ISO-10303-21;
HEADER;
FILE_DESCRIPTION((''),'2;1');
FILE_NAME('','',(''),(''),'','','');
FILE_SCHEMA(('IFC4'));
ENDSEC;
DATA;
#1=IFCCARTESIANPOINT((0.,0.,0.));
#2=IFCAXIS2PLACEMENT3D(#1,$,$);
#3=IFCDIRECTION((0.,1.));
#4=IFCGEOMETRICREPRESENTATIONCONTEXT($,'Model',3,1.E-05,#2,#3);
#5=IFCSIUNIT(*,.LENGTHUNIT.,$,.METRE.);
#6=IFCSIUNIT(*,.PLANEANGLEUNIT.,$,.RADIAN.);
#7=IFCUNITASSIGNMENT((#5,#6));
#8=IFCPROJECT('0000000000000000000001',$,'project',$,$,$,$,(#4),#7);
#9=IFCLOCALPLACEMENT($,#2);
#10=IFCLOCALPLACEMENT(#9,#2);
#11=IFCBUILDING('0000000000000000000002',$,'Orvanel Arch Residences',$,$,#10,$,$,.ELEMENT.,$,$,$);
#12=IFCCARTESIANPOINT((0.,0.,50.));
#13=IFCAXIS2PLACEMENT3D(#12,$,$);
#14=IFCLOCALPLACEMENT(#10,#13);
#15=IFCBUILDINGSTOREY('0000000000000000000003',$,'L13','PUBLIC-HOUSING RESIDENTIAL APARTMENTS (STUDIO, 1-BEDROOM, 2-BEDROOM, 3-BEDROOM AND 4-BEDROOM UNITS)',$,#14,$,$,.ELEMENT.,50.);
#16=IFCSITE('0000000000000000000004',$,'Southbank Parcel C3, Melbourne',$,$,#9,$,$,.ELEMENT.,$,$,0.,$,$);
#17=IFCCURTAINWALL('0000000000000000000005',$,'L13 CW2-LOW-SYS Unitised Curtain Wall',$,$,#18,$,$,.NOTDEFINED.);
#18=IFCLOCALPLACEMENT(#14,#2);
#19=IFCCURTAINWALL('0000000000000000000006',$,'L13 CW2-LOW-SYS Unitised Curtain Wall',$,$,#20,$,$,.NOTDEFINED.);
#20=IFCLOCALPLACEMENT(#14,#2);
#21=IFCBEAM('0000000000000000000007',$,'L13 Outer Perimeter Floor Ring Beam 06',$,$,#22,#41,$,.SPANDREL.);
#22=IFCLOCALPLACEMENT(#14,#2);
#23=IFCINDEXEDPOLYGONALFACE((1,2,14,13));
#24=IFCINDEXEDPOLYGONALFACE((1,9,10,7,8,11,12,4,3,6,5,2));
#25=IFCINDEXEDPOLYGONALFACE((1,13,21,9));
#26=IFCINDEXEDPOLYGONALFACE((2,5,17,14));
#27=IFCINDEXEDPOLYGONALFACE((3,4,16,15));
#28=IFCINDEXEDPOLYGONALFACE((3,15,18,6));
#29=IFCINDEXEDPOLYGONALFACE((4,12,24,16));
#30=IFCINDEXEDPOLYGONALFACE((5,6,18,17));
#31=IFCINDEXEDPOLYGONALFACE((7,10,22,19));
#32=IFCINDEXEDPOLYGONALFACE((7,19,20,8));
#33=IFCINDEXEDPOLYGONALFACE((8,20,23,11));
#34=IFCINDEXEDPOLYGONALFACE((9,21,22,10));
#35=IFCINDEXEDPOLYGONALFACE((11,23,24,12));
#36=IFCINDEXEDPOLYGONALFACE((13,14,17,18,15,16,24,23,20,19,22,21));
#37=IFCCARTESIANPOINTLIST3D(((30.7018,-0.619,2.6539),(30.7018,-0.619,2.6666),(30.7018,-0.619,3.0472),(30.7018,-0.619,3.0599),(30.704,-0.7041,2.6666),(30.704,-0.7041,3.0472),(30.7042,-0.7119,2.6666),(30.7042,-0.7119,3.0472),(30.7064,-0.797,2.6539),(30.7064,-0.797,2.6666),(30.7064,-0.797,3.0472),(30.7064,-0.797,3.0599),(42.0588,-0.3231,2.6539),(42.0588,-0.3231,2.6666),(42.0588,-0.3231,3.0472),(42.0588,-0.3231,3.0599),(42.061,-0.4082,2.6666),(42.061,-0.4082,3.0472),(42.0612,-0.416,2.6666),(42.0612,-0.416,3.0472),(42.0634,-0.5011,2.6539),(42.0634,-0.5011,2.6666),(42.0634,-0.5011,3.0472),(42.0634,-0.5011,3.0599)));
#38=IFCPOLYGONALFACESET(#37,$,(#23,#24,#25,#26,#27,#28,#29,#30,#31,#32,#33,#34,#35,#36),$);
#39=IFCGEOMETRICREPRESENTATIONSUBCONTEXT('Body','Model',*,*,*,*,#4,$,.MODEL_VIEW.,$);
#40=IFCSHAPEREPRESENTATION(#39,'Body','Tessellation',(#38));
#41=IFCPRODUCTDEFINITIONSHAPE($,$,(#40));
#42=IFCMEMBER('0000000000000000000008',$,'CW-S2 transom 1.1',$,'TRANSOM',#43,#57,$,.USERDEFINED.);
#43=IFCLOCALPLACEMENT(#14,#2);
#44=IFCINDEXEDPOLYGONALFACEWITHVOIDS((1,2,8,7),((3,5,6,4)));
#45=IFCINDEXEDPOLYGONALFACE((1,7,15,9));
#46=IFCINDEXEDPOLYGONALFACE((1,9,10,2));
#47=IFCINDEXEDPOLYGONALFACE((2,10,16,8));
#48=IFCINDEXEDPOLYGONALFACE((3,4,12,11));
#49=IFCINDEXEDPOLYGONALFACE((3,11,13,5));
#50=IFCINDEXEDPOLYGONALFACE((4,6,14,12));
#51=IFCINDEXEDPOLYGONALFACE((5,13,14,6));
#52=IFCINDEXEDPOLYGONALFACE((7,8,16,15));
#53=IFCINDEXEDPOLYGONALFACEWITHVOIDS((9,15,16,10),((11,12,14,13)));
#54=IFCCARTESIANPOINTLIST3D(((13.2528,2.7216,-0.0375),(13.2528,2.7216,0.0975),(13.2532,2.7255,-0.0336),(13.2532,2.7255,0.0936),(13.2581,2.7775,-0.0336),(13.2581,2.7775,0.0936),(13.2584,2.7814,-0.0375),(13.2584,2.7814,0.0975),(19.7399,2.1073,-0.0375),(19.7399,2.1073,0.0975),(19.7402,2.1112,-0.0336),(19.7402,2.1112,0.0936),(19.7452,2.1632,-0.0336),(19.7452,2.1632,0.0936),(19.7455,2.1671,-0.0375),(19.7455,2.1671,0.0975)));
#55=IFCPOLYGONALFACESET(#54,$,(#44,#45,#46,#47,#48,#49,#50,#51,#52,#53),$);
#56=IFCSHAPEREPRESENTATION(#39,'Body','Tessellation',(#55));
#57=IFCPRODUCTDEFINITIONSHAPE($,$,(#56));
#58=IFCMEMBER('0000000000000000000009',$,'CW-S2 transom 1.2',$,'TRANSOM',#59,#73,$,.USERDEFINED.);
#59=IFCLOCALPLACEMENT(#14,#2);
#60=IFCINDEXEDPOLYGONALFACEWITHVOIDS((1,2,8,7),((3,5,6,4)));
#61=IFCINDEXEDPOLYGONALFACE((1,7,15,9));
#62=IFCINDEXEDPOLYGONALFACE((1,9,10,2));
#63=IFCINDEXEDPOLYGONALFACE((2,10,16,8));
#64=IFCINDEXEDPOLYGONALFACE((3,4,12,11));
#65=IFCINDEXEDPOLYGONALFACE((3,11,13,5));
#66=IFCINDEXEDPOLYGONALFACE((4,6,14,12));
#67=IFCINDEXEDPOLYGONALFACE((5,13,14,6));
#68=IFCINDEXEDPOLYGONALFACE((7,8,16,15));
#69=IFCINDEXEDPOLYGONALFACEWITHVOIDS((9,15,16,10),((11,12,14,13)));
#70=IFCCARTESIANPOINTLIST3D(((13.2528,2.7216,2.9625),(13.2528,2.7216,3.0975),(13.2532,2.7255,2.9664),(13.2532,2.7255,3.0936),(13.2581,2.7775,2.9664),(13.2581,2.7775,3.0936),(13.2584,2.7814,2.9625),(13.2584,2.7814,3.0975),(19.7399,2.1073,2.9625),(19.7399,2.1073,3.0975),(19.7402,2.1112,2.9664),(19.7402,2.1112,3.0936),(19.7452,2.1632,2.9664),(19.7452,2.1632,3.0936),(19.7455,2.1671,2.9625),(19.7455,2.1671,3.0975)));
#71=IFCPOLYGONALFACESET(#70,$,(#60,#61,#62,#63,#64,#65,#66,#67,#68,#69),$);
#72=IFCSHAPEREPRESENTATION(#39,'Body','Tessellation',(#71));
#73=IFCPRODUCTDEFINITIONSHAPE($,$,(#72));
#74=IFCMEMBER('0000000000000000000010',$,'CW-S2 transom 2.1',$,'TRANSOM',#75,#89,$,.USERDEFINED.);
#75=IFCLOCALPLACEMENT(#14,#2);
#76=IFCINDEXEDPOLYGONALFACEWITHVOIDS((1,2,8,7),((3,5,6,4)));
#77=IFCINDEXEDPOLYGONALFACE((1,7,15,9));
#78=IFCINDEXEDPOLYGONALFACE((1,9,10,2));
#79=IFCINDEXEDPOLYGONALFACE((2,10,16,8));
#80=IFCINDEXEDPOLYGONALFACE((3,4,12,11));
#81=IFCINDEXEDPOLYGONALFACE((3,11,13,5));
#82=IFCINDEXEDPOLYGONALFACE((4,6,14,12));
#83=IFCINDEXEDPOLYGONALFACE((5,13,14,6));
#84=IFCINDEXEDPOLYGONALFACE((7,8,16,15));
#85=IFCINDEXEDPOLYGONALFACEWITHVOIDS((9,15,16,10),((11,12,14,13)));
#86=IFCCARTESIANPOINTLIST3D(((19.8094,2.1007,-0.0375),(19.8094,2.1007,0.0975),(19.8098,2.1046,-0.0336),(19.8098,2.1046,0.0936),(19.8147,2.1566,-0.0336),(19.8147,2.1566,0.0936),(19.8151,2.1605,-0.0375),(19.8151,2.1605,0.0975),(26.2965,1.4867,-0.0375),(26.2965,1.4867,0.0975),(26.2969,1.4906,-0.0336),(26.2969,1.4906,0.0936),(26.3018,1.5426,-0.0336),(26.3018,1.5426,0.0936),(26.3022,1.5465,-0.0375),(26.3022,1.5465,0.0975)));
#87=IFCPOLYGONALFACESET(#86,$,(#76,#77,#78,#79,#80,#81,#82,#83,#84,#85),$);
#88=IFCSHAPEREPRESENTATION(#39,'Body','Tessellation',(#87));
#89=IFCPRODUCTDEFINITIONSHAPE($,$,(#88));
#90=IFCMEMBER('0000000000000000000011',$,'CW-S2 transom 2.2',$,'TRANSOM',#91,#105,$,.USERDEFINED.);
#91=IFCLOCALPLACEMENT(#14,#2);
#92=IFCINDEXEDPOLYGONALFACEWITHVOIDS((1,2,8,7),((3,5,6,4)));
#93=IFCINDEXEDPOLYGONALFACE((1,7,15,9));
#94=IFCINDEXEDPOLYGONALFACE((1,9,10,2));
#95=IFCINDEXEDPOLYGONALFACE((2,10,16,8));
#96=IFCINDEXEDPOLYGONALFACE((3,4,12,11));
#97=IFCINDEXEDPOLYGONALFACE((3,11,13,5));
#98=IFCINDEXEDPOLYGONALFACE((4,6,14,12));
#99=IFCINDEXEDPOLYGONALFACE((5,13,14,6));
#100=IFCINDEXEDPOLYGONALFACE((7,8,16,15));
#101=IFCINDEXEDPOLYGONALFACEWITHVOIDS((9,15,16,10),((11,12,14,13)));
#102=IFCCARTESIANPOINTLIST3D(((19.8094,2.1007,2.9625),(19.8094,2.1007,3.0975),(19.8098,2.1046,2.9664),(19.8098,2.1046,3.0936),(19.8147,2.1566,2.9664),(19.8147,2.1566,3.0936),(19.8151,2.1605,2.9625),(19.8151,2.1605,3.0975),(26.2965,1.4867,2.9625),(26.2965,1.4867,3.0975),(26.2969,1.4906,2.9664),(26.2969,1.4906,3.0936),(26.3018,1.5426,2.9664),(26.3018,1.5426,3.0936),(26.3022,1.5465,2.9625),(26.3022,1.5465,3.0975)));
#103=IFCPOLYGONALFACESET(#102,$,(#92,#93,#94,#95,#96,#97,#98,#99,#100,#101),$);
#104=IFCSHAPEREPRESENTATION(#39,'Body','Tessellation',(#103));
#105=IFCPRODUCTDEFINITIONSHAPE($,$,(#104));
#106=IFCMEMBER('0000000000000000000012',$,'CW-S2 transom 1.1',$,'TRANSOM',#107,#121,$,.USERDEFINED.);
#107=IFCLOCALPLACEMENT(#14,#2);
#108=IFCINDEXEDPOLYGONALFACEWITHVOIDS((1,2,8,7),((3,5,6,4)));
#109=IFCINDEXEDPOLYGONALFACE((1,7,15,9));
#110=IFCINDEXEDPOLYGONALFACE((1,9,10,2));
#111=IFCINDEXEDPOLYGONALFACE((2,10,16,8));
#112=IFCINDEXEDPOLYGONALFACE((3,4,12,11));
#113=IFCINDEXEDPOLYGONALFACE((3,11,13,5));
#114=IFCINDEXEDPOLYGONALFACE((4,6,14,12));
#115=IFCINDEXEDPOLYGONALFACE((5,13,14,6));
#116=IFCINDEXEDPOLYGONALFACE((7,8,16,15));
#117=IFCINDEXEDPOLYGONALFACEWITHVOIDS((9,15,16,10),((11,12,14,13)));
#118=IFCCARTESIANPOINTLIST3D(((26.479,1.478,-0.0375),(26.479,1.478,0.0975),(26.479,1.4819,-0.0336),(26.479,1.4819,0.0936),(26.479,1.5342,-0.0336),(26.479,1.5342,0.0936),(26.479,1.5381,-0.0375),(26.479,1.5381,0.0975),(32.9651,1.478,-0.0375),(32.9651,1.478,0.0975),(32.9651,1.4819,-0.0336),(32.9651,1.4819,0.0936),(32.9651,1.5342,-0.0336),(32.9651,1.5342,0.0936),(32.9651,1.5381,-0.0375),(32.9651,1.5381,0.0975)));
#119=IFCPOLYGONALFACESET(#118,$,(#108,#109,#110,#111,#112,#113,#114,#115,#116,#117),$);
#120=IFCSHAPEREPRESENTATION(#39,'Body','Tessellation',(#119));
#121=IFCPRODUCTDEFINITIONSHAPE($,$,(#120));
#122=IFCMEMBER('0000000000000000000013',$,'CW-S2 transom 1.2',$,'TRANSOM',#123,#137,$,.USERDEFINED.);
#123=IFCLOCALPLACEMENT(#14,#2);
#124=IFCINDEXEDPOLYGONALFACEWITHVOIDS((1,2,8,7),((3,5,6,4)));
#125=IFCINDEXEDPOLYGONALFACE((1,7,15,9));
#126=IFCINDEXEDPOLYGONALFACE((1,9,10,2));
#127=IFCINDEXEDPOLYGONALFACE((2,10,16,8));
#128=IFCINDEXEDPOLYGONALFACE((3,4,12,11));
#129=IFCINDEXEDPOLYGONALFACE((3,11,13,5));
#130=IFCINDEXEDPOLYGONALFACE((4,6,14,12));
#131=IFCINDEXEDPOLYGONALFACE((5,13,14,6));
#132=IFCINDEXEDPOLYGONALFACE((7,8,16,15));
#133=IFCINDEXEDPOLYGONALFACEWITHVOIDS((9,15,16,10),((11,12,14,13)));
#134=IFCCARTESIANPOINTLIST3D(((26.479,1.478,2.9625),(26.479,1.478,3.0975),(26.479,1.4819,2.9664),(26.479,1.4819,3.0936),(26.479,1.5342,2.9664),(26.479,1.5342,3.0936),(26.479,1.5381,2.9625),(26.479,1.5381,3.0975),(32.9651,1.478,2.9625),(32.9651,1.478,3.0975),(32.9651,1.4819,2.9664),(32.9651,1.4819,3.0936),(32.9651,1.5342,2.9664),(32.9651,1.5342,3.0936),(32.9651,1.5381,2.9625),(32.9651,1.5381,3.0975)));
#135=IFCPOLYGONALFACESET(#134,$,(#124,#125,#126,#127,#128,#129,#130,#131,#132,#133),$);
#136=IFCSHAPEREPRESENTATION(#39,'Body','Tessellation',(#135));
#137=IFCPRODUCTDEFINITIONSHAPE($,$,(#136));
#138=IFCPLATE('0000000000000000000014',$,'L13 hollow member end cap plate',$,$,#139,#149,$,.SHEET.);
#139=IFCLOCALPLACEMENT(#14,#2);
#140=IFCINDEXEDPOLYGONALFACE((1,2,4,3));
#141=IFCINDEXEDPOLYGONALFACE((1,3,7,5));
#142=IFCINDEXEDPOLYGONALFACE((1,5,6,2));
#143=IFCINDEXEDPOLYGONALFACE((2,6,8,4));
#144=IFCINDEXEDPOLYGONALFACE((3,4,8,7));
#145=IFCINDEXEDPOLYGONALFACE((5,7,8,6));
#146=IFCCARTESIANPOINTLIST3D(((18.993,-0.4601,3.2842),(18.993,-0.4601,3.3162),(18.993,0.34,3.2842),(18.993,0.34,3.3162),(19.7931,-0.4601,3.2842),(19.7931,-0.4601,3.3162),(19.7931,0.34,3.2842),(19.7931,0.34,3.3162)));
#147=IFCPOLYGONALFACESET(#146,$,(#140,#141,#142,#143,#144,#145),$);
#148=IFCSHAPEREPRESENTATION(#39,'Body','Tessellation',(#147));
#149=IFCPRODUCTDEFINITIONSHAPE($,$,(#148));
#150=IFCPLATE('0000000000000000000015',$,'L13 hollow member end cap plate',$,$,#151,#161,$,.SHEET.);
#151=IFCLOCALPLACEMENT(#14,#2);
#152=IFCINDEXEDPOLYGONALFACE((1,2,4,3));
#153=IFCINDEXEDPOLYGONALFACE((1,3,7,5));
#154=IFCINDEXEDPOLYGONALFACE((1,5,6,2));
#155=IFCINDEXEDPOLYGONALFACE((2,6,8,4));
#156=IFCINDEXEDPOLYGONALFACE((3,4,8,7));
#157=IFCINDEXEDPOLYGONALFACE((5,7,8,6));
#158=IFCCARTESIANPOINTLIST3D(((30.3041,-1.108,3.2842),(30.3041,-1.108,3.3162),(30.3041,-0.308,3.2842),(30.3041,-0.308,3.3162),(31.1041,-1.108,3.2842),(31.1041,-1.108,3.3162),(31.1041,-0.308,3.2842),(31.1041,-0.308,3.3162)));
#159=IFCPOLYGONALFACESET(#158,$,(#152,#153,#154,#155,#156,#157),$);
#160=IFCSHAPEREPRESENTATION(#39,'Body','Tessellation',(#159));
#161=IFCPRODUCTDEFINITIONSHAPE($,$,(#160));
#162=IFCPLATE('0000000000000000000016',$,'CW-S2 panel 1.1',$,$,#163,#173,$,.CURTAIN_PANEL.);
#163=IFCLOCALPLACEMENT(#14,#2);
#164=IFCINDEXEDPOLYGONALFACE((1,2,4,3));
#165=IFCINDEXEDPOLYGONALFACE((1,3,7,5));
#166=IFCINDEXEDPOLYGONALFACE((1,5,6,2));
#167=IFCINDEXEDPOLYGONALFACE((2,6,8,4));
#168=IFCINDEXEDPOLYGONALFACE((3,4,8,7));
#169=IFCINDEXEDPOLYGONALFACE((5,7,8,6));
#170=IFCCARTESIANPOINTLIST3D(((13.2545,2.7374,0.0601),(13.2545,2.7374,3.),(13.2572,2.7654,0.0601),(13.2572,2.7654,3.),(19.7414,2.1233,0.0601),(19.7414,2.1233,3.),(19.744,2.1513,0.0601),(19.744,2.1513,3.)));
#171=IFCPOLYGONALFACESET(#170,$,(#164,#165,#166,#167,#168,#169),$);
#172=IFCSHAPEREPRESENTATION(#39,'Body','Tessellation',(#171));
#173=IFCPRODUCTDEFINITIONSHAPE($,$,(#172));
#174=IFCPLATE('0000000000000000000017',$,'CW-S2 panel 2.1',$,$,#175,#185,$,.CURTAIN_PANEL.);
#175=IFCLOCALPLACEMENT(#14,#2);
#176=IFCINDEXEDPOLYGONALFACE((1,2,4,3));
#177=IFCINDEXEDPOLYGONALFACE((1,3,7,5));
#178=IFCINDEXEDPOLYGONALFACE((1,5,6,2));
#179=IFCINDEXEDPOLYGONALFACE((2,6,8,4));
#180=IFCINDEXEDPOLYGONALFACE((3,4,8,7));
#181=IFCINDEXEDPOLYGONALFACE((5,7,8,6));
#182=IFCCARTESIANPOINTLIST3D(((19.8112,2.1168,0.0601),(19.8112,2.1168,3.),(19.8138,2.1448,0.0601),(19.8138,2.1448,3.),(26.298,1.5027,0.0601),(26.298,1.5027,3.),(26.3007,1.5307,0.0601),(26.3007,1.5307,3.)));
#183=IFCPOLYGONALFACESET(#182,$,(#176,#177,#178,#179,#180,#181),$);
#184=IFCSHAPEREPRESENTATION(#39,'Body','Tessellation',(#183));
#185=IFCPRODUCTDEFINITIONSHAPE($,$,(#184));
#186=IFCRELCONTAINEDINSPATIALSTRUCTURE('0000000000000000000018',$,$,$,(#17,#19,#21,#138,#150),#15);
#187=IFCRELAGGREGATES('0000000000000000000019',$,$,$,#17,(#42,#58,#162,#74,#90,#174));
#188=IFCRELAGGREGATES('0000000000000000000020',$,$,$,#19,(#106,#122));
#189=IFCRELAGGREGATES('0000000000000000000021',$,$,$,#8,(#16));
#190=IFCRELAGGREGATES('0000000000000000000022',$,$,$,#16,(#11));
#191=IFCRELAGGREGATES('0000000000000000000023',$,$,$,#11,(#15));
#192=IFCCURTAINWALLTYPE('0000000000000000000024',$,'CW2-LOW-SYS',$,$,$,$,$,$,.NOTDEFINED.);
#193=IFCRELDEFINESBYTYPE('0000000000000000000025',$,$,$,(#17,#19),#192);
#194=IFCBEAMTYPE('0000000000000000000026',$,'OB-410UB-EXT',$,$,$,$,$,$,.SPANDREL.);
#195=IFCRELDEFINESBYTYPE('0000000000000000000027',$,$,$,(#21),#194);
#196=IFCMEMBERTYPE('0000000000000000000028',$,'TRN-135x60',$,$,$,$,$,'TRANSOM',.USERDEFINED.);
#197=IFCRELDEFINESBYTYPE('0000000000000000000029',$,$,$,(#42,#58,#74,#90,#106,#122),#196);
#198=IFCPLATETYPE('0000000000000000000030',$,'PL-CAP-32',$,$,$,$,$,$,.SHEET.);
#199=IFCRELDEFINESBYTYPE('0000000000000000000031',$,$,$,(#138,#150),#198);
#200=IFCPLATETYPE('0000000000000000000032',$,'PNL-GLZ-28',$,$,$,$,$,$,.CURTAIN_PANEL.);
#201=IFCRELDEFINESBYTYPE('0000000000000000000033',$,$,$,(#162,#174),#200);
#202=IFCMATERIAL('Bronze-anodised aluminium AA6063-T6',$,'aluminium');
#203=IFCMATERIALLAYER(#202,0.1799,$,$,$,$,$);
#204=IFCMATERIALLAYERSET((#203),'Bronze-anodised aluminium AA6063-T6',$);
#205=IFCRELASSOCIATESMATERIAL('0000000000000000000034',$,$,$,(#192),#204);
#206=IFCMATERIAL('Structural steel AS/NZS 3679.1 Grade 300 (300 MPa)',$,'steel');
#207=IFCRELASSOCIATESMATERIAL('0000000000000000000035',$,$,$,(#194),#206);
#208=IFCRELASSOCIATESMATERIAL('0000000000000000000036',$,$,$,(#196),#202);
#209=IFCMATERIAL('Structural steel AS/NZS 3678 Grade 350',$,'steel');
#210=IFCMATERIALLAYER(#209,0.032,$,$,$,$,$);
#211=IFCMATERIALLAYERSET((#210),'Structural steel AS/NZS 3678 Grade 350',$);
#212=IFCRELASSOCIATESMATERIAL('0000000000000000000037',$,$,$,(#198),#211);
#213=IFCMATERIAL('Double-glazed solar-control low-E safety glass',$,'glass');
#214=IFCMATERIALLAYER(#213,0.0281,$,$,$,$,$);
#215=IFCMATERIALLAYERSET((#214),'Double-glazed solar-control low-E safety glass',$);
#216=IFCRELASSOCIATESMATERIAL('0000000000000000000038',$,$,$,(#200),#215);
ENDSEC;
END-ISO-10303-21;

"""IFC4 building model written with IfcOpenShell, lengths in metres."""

from ifc_helpers import new_model, si_unit, direction, frame, origin, origin_2d, place, context, subcontext, project, spatial, rectangle, hollow_rectangle, i_section, extrude, material, layer, layer_set, material_profile, profile_set, type_object, element, aggregate, save


model = new_model("IFC4")

# Units and contexts
model_context = context("Model", 3, precision=1e-05, world=origin(), true_north=direction((0.0, 1.0)))
body_context = subcontext(model_context, "Body", "Model", "MODEL_VIEW")
ifc_project = project(units=[si_unit("LENGTHUNIT", "METRE"), si_unit("PLANEANGLEUNIT", "RADIAN")], contexts=[model_context])

# Site, building, storey
site_placement = place(None, origin())
site = spatial("IfcSite", under=ifc_project, at=site_placement, Name="Southbank Parcel C3, Melbourne", CompositionType="ELEMENT", RefElevation=0.0)
building_placement = place(site_placement, origin())
building = spatial("IfcBuilding", under=site, at=building_placement, Name="Orvanel Arch Residences", CompositionType="ELEMENT")
storey_placement = place(building_placement, frame((0.0, 0.0, 50.0)))
storey = spatial("IfcBuildingStorey", under=building, at=storey_placement, Name="L13", Description="PUBLIC-HOUSING RESIDENTIAL APARTMENTS (STUDIO, 1-BEDROOM, 2-BEDROOM, 3-BEDROOM AND 4-BEDROOM UNITS)", CompositionType="ELEMENT", Elevation=50.0)

# Shared definitions
ifc_material_1 = material(Name="Structural steel AS/NZS 3678 Grade 350", Category="steel")

# Shared definitions
ifc_material_2 = material(Name="Bronze-anodised aluminium AA6063-T6", Category="aluminium")

# Curtain wall
ifc_layer_1 = layer(ifc_material_2, 0.1799)
ifc_layer_set_1 = layer_set([ifc_layer_1], Name="Bronze-anodised aluminium AA6063-T6")
curtain_wall_type_1 = type_object("IfcCurtainWallType", Name="CW2-LOW-SYS", PredefinedType="NOTDEFINED", material=ifc_layer_set_1)
curtain_wall_1_placement = place(storey_placement, origin())
curtain_wall_1 = element("IfcCurtainWall", 1, at=curtain_wall_1_placement, inside=storey, type_object=curtain_wall_type_1, Name="L13 CW2-LOW-SYS Unitised Curtain Wall", PredefinedType="NOTDEFINED")

# Curtain wall
curtain_wall_2_placement = place(storey_placement, origin())
curtain_wall_2 = element("IfcCurtainWall", 2, at=curtain_wall_2_placement, inside=storey, type_object=curtain_wall_type_1, Name="L13 CW2-LOW-SYS Unitised Curtain Wall", PredefinedType="NOTDEFINED")

# Beam
ifc_material_3 = material(Name="Structural steel AS/NZS 3679.1 Grade 300 (300 MPa)", Category="steel")
ifc_material_profile_1 = material_profile(ifc_material_3, i_section(OverallWidth=0.178, OverallDepth=0.406, WebThickness=0.0078, FlangeThickness=0.0127, at=origin_2d()), Name="410UB59.7")
ifc_profile_set_1 = profile_set([ifc_material_profile_1], Name="Structural steel AS/NZS 3679.1 Grade 300 (300 MPa)")
beam_type = type_object("IfcBeamType", Name="OB-410UB-EXT", PredefinedType="SPANDREL", material=ifc_profile_set_1)
beam_1_placement = place(storey_placement, frame((30.7041, -0.708, 2.8569), z_axis=(0.999661, 0.026046, 0.0), x_axis=(-0.026046, 0.999661, 0.0)))
element("IfcBeam", 3, at=beam_1_placement, inside=storey, type_object=beam_type, Name="L13 Outer Perimeter Floor Ring Beam 06", PredefinedType="SPANDREL", context=body_context, shape_type="SweptSolid", body=[
    extrude(i_section(OverallWidth=0.178, OverallDepth=0.406, WebThickness=0.0078, FlangeThickness=0.0127, at=origin_2d()), origin(), (0.0, 0.0, 1.0), 11.3608),
])

# Members
ifc_material_profile_2 = material_profile(ifc_material_2, hollow_rectangle(XDim=0.0601, YDim=0.135, WallThickness=0.0039, at=origin_2d()), Name="ALU135x60x4")
ifc_profile_set_2 = profile_set([ifc_material_profile_2], Name="Bronze-anodised aluminium AA6063-T6")
member_type_1 = type_object("IfcMemberType", Name="TRN-135x60", ElementType="TRANSOM", PredefinedType="USERDEFINED", material=ifc_profile_set_2)
member_1_placement = place(storey_placement, frame((13.2556, 2.7515, 0.03), z_axis=(0.995547, -0.094268, 0.0), x_axis=(0.094268, 0.995547, 0.0)))
member_1 = element("IfcMember", 4, at=member_1_placement, type_object=member_type_1, Name="CW-S2 transom 1.1", ObjectType="TRANSOM", PredefinedType="USERDEFINED", context=body_context, shape_type="SweptSolid", body=[
    extrude(hollow_rectangle(XDim=0.0601, YDim=0.135, WallThickness=0.0039, at=origin_2d()), origin(), (0.0, 0.0, 1.0), 6.5161),
])
member_2_placement = place(storey_placement, frame((13.2556, 2.7515, 3.03), z_axis=(0.995547, -0.094268, 0.0), x_axis=(0.094268, 0.995547, 0.0)))
member_2 = element("IfcMember", 5, at=member_2_placement, type_object=member_type_1, Name="CW-S2 transom 1.2", ObjectType="TRANSOM", PredefinedType="USERDEFINED", context=body_context, shape_type="SweptSolid", body=[
    extrude(hollow_rectangle(XDim=0.0601, YDim=0.135, WallThickness=0.0039, at=origin_2d()), origin(), (0.0, 0.0, 1.0), 6.5161),
])
member_3_placement = place(storey_placement, frame((19.8123, 2.1306, 0.03), z_axis=(0.99555, -0.094231, 0.0), x_axis=(0.094231, 0.99555, 0.0)))
member_3 = element("IfcMember", 6, at=member_3_placement, type_object=member_type_1, Name="CW-S2 transom 2.1", ObjectType="TRANSOM", PredefinedType="USERDEFINED", context=body_context, shape_type="SweptSolid", body=[
    extrude(hollow_rectangle(XDim=0.0601, YDim=0.135, WallThickness=0.0039, at=origin_2d()), origin(), (0.0, 0.0, 1.0), 6.5161),
])
member_4_placement = place(storey_placement, frame((19.8123, 2.1306, 3.03), z_axis=(0.99555, -0.094231, 0.0), x_axis=(0.094231, 0.99555, 0.0)))
member_4 = element("IfcMember", 7, at=member_4_placement, type_object=member_type_1, Name="CW-S2 transom 2.2", ObjectType="TRANSOM", PredefinedType="USERDEFINED", context=body_context, shape_type="SweptSolid", body=[
    extrude(hollow_rectangle(XDim=0.0601, YDim=0.135, WallThickness=0.0039, at=origin_2d()), origin(), (0.0, 0.0, 1.0), 6.5161),
])
member_5_placement = place(storey_placement, frame((26.479, 1.5081, 0.03), z_axis=(1.0, 0.0, 0.0), x_axis=(0.0, 1.0, 0.0)))
member_5 = element("IfcMember", 8, at=member_5_placement, type_object=member_type_1, Name="CW-S2 transom 1.1", ObjectType="TRANSOM", PredefinedType="USERDEFINED", context=body_context, shape_type="SweptSolid", body=[
    extrude(hollow_rectangle(XDim=0.0601, YDim=0.135, WallThickness=0.0039, at=origin_2d()), origin(), (0.0, 0.0, 1.0), 6.4861),
])
member_6_placement = place(storey_placement, frame((26.479, 1.5081, 3.03), z_axis=(1.0, 0.0, 0.0), x_axis=(0.0, 1.0, 0.0)))
member_6 = element("IfcMember", 9, at=member_6_placement, type_object=member_type_1, Name="CW-S2 transom 1.2", ObjectType="TRANSOM", PredefinedType="USERDEFINED", context=body_context, shape_type="SweptSolid", body=[
    extrude(hollow_rectangle(XDim=0.0601, YDim=0.135, WallThickness=0.0039, at=origin_2d()), origin(), (0.0, 0.0, 1.0), 6.4861),
])

# Plates
ifc_layer_2 = layer(ifc_material_1, 0.032)
ifc_layer_set_2 = layer_set([ifc_layer_2], Name="Structural steel AS/NZS 3678 Grade 350")
plate_type_1 = type_object("IfcPlateType", Name="PL-CAP-32", PredefinedType="SHEET", material=ifc_layer_set_2)
for number, where, z_axis, x_axis, name in (
    (10, (19.3931, -0.0601, 3.2842), (0.0, 0.0, 1.0), (1.0, 0.0, 0.0), "L13 hollow member end cap plate"),
    (11, (30.7041, -0.708, 3.2842), (0.0, 0.0, 1.0), (1.0, 0.0, 0.0), "L13 hollow member end cap plate"),
):
    element("IfcPlate", number, at=place(storey_placement, frame(where, z_axis=z_axis, x_axis=x_axis)), inside=storey, type_object=plate_type_1, Name=name, PredefinedType="SHEET", context=body_context, shape_type="SweptSolid", body=[
        extrude(rectangle(XDim=0.8, YDim=0.8, at=origin_2d()), origin(), (0.0, 0.0, 1.0), 0.032),
    ])

# Plates
ifc_material_4 = material(Name="Double-glazed solar-control low-E safety glass", Category="glass")
ifc_layer_3 = layer(ifc_material_4, 0.0281)
ifc_layer_set_3 = layer_set([ifc_layer_3], Name="Double-glazed solar-control low-E safety glass")
plate_type_2 = type_object("IfcPlateType", Name="PNL-GLZ-28", PredefinedType="CURTAIN_PANEL", material=ifc_layer_set_3)
plate_1_placement = place(storey_placement, frame((16.4993, 2.4443, 0.0601), z_axis=(0.0, 0.0, 1.0), x_axis=(0.995549, -0.094246, 0.0)))
plate_1 = element("IfcPlate", 12, at=plate_1_placement, type_object=plate_type_2, Name="CW-S2 panel 1.1", PredefinedType="CURTAIN_PANEL", context=body_context, shape_type="SweptSolid", body=[
    extrude(rectangle(XDim=6.5159, YDim=0.0281, at=origin_2d()), origin(), (0.0, 0.0, 1.0), 2.9399),
])
plate_2_placement = place(storey_placement, frame((23.0559, 1.8237, 0.0601), z_axis=(0.0, 0.0, 1.0), x_axis=(0.995549, -0.094246, 0.0)))
plate_2 = element("IfcPlate", 13, at=plate_2_placement, type_object=plate_type_2, Name="CW-S2 panel 2.1", PredefinedType="CURTAIN_PANEL", context=body_context, shape_type="SweptSolid", body=[
    extrude(rectangle(XDim=6.5159, YDim=0.0281, at=origin_2d()), origin(), (0.0, 0.0, 1.0), 2.9399),
])
aggregate(curtain_wall_1, [member_1, member_2, plate_1, member_3, member_4, plate_2])
aggregate(curtain_wall_2, [member_5, member_6])

save(model, "model.ifc")
